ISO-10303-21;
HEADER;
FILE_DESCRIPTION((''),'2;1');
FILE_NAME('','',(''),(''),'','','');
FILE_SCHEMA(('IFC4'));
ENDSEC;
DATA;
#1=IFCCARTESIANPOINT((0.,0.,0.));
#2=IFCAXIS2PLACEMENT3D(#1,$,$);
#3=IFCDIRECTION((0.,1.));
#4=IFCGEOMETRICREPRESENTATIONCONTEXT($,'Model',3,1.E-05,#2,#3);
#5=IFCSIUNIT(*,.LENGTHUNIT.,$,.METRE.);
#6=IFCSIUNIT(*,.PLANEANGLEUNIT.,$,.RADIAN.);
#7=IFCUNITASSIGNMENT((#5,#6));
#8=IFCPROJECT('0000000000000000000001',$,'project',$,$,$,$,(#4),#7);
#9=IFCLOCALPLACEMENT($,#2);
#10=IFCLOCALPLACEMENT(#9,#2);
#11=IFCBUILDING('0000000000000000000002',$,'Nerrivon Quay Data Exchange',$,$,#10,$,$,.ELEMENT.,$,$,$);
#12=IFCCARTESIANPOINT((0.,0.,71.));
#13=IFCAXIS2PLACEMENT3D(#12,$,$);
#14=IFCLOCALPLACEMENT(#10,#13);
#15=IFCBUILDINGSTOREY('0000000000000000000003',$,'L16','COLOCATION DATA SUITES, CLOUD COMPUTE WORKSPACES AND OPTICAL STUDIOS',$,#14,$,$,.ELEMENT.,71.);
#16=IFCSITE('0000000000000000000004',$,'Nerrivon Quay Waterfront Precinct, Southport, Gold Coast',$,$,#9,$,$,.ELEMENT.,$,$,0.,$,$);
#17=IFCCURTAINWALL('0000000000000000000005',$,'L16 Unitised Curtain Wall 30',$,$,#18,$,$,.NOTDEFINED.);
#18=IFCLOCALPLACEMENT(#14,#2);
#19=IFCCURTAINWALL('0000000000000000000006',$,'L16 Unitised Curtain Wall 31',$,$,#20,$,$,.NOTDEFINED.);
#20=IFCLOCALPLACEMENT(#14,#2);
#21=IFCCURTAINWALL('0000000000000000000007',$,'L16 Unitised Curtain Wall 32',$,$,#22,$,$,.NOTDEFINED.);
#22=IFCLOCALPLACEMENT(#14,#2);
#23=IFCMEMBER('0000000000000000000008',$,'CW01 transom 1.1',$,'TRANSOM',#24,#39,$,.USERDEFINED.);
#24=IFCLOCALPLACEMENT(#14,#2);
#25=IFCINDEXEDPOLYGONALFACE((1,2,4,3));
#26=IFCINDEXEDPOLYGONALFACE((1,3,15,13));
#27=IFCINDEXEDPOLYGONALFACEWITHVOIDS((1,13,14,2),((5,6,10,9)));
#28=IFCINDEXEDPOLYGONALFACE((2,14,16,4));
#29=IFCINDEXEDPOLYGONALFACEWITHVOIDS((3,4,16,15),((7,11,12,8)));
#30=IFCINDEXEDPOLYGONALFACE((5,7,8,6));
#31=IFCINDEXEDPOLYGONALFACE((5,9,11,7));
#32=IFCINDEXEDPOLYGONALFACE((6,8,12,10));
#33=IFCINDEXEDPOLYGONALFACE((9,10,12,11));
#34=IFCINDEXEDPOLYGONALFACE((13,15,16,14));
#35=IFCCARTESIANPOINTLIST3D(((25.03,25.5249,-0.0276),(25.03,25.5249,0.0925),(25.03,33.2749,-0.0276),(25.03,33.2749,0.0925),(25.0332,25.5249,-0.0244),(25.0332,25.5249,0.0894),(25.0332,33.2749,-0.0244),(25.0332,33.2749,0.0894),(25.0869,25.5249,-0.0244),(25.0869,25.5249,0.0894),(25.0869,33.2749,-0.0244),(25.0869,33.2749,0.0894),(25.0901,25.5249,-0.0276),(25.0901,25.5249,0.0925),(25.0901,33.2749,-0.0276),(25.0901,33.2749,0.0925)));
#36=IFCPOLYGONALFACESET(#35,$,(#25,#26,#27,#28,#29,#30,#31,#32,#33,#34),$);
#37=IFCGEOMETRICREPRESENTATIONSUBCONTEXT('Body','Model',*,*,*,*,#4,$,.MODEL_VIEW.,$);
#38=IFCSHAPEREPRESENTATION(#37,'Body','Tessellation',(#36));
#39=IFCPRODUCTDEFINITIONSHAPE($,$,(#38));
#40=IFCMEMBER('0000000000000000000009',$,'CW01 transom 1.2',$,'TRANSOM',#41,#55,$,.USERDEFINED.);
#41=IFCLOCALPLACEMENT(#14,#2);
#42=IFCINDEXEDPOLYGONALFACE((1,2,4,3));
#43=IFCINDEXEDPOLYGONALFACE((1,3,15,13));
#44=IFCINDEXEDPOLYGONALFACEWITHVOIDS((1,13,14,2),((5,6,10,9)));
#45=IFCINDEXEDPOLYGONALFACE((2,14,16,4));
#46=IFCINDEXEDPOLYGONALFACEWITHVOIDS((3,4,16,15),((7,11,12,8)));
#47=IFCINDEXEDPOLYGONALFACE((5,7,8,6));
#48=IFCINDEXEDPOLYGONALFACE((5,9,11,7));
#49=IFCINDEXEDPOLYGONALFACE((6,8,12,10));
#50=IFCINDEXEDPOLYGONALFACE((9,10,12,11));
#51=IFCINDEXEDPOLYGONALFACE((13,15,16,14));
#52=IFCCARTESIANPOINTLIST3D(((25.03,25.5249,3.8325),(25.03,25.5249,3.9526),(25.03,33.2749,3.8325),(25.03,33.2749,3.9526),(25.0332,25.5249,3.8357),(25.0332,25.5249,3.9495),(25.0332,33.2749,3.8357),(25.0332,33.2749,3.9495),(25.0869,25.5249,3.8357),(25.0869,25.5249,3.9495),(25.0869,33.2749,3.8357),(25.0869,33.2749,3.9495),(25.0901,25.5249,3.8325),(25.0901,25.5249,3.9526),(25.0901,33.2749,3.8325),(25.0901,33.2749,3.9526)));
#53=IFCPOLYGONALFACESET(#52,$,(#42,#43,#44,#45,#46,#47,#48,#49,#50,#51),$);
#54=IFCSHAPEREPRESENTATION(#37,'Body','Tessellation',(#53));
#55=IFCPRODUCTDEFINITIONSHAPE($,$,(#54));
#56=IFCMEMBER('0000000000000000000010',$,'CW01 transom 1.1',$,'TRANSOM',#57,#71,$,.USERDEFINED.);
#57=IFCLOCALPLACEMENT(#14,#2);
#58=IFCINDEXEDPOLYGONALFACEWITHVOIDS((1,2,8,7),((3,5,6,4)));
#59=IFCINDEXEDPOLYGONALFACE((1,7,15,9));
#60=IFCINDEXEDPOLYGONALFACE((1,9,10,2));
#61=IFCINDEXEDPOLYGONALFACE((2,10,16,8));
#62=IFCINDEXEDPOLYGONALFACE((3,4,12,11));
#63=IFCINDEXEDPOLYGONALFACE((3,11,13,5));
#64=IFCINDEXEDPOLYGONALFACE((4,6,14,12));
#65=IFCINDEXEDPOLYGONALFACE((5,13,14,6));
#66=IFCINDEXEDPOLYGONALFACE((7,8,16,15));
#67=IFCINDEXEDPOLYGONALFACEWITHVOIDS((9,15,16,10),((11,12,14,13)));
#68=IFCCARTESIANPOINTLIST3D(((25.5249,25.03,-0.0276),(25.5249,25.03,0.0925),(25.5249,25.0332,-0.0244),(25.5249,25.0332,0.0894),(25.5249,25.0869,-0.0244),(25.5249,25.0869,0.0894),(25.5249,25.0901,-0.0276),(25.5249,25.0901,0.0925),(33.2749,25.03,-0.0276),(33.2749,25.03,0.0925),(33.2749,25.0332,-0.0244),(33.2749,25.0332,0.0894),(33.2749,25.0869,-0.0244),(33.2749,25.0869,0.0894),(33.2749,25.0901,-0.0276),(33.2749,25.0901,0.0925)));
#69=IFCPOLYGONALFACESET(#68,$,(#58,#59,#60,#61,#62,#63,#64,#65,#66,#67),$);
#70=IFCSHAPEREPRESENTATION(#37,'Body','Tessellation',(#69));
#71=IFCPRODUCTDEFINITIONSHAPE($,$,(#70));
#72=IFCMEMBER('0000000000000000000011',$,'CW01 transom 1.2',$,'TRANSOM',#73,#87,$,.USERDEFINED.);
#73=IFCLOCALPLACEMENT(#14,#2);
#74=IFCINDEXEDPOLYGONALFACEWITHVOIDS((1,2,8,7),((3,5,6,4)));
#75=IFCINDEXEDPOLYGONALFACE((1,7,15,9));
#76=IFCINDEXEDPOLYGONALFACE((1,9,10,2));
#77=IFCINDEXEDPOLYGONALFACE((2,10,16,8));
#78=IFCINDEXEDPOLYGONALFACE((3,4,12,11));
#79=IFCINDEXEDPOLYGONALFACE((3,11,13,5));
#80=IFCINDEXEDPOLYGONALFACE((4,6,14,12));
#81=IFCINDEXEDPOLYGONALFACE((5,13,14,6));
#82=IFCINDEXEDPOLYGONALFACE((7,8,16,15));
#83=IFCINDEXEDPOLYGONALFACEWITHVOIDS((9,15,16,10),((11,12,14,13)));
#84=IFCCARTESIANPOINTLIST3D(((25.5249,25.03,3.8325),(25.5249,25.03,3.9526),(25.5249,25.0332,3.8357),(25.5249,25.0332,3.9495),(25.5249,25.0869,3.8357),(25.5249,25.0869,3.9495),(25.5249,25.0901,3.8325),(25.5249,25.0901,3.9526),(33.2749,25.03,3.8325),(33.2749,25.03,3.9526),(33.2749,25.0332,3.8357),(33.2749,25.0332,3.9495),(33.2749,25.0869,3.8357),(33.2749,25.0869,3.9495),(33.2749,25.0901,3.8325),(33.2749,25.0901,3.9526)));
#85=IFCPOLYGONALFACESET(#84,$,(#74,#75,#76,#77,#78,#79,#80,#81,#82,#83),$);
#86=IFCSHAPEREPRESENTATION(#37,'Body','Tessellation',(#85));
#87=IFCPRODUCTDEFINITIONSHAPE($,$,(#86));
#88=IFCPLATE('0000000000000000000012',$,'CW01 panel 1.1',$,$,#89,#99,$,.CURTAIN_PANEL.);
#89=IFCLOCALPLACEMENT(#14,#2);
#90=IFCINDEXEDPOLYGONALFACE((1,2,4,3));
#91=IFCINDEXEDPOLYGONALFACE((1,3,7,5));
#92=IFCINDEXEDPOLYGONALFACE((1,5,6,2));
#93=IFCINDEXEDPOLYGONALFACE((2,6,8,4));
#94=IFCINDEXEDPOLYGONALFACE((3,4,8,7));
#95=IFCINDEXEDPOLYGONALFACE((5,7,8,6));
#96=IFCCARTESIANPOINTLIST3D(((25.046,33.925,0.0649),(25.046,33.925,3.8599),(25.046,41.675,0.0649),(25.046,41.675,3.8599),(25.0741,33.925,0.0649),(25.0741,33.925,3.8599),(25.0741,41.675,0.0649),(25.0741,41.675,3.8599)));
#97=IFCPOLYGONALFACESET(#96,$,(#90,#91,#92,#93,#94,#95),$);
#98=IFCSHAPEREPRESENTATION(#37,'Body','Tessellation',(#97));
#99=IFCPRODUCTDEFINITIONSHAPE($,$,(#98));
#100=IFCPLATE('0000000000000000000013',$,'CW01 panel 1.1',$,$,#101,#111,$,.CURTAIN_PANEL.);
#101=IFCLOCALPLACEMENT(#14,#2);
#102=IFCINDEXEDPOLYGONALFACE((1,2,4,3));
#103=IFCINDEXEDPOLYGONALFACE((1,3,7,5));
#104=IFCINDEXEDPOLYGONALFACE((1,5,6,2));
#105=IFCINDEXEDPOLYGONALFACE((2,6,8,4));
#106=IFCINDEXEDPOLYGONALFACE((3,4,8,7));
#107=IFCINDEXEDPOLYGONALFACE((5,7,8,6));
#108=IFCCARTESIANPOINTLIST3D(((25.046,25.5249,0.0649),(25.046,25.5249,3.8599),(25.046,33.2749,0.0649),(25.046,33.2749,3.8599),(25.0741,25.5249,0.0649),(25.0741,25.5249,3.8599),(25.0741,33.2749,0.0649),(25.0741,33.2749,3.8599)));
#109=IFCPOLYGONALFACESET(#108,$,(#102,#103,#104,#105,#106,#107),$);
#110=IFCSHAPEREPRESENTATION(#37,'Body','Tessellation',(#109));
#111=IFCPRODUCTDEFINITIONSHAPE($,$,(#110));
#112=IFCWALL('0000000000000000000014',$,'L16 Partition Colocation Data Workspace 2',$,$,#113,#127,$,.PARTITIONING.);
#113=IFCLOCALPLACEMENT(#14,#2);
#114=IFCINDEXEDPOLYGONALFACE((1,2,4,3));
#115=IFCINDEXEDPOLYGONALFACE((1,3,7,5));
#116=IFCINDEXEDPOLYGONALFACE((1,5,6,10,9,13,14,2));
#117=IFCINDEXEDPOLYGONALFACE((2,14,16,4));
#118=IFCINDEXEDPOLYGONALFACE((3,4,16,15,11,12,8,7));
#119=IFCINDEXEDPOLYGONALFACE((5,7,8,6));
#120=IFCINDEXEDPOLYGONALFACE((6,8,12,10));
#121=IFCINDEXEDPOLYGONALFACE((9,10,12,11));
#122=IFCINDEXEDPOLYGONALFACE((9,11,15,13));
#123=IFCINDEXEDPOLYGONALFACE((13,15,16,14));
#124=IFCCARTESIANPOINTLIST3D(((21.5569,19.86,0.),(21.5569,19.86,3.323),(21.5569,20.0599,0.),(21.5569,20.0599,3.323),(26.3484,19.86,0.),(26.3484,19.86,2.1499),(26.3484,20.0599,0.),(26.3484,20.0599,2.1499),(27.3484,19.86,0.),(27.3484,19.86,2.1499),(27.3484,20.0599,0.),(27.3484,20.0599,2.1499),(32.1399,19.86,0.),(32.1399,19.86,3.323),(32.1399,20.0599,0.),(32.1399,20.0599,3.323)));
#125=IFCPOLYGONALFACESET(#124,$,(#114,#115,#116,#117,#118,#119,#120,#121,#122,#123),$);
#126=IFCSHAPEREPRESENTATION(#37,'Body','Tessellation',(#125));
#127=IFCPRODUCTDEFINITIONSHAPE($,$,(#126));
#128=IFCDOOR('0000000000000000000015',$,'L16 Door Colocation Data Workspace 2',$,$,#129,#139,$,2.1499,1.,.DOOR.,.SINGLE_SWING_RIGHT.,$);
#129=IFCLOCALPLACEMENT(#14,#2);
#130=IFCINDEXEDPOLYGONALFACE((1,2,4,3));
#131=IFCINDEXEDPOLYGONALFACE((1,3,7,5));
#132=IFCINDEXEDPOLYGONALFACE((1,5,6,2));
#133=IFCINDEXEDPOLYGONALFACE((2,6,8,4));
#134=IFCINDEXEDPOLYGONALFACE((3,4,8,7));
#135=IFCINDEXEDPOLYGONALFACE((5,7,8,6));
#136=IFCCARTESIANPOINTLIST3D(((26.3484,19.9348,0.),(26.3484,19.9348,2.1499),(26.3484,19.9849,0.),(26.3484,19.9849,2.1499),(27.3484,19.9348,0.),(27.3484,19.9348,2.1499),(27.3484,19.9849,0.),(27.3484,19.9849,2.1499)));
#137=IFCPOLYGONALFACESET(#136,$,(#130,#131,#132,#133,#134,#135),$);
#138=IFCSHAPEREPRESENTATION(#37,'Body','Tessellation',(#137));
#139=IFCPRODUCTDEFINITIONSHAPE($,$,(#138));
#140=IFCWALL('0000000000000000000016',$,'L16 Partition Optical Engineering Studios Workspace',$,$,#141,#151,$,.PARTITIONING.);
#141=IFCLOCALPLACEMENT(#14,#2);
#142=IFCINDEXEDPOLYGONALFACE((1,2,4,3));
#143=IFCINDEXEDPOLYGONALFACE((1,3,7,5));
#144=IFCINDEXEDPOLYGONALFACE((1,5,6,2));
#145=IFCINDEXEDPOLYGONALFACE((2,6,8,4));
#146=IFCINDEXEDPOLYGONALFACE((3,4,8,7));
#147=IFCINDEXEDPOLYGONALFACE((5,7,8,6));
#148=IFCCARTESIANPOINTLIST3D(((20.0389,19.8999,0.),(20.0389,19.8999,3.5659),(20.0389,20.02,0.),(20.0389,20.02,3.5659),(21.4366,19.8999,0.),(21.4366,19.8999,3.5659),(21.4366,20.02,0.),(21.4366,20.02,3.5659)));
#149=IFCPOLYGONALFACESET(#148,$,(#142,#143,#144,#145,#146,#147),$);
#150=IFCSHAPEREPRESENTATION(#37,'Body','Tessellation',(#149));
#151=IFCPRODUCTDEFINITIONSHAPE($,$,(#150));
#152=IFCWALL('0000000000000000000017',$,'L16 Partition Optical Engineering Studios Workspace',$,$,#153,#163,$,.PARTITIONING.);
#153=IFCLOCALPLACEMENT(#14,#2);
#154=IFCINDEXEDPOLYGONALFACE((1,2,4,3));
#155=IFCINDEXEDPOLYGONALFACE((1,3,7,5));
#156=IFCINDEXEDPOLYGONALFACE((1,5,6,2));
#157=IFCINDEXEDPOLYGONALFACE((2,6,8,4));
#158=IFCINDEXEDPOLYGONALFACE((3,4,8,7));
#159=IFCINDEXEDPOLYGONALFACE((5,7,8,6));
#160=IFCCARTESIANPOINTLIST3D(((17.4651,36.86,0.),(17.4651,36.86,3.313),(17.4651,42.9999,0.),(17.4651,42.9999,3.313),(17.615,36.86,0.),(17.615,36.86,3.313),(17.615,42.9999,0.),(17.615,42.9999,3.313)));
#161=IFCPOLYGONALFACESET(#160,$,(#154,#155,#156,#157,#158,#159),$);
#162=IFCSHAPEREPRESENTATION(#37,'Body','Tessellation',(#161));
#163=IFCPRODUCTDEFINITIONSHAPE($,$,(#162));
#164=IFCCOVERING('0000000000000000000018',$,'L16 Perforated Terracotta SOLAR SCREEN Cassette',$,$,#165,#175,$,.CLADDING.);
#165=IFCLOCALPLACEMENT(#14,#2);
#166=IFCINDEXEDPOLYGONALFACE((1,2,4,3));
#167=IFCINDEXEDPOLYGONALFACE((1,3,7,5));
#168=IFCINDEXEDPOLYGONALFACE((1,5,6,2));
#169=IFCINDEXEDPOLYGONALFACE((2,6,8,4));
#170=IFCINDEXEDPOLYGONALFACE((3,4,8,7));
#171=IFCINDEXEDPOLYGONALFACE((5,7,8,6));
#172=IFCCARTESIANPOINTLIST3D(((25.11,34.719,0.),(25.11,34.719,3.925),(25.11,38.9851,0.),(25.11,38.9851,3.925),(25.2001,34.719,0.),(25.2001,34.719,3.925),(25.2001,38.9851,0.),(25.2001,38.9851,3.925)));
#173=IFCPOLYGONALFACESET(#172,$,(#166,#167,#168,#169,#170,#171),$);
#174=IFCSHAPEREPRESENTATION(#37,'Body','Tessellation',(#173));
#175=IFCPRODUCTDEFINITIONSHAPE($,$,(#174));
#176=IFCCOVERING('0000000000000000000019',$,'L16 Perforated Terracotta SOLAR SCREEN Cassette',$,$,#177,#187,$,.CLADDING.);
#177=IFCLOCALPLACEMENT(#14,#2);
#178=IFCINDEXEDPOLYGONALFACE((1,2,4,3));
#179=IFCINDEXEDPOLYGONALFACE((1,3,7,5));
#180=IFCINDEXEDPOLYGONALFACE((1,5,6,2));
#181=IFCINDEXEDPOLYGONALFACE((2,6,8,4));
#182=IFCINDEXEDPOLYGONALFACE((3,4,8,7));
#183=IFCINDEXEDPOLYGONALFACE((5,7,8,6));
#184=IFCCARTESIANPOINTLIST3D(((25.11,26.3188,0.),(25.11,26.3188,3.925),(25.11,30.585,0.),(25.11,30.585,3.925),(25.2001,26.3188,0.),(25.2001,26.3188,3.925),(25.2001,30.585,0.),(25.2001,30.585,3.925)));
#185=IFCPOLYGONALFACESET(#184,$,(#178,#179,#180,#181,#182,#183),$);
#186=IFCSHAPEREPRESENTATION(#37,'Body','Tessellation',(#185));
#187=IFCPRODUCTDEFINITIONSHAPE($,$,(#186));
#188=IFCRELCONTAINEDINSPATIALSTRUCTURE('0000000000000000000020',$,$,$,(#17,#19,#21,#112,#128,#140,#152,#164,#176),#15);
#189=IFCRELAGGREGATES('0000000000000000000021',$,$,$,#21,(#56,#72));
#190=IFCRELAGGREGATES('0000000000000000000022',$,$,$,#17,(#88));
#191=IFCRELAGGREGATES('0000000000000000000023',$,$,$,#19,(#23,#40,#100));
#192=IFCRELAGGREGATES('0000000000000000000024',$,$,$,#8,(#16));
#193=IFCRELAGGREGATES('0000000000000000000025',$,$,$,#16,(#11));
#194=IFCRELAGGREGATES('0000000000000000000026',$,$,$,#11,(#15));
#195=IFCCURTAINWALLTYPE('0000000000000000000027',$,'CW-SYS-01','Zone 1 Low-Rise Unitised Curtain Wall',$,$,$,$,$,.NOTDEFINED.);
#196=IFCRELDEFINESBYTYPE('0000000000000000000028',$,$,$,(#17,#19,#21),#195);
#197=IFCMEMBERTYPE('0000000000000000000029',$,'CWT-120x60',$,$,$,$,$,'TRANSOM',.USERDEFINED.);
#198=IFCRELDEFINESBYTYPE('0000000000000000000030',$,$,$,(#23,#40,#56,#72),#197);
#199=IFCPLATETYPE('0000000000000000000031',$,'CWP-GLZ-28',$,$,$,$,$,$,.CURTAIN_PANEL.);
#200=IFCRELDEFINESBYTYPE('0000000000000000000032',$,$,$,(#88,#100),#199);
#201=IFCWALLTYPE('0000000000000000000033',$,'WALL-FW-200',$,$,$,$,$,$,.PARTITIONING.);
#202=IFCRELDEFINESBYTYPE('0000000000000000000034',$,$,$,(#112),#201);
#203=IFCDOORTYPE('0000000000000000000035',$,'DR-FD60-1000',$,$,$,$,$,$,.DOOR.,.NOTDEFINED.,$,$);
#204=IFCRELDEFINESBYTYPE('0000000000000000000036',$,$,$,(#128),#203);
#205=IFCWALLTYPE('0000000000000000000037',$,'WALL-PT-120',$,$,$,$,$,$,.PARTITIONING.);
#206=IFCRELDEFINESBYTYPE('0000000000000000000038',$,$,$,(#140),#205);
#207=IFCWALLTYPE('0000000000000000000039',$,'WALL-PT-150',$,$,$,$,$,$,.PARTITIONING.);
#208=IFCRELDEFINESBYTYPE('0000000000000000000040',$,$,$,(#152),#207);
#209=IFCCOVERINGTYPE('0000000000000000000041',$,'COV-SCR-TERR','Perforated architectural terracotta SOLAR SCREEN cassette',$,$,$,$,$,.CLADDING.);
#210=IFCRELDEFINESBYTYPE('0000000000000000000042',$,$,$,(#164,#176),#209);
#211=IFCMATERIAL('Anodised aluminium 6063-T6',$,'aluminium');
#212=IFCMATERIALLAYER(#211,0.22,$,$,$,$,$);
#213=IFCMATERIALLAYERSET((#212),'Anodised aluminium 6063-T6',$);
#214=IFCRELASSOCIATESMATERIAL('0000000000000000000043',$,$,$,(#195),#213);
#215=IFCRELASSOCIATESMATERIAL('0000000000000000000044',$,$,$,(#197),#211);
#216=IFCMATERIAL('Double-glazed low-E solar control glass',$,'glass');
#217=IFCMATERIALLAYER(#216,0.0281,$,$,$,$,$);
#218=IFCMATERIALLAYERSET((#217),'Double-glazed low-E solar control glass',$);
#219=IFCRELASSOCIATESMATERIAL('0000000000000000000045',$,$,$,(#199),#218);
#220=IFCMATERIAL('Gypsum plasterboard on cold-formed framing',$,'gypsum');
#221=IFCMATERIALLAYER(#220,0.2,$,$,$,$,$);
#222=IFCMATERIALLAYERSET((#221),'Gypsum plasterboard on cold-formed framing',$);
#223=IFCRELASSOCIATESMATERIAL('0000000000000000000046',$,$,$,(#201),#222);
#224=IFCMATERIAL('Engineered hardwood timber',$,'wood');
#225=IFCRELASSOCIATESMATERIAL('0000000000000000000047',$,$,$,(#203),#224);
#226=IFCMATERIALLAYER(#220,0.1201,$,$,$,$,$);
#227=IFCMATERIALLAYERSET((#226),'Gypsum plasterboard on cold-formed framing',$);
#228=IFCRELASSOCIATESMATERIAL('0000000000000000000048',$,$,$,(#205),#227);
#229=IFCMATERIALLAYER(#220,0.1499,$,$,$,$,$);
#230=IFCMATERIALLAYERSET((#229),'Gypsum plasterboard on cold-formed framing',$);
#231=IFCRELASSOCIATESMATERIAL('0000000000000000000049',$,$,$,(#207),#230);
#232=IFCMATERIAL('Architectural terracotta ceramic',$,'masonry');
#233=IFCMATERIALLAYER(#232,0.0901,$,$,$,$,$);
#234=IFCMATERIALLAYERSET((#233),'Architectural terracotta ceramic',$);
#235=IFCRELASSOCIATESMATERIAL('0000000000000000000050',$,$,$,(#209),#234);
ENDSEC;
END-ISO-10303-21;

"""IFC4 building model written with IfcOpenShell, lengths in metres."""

from ifc_helpers import new_model, si_unit, direction, frame, frame_2d, origin, origin_2d, place, context, subcontext, project, spatial, rectangle, hollow_rectangle, extrude, material, layer, layer_set, material_profile, profile_set, type_object, element, fill, aggregate, save


model = new_model("IFC4")

# Units and contexts
model_context = context("Model", 3, precision=1e-05, world=origin(), true_north=direction((0.0, 1.0)))
body_context = subcontext(model_context, "Body", "Model", "MODEL_VIEW")
ifc_project = project(units=[si_unit("LENGTHUNIT", "METRE"), si_unit("PLANEANGLEUNIT", "RADIAN")], contexts=[model_context])

# Site, building, storey
site_placement = place(None, origin())
site = spatial("IfcSite", under=ifc_project, at=site_placement, Name="Nerrivon Quay Waterfront Precinct, Southport, Gold Coast", CompositionType="ELEMENT", RefElevation=0.0)
building_placement = place(site_placement, origin())
building = spatial("IfcBuilding", under=site, at=building_placement, Name="Nerrivon Quay Data Exchange", CompositionType="ELEMENT")
storey_placement = place(building_placement, frame((0.0, 0.0, 71.0)))
storey = spatial("IfcBuildingStorey", under=building, at=storey_placement, Name="L16", Description="COLOCATION DATA SUITES, CLOUD COMPUTE WORKSPACES AND OPTICAL STUDIOS", CompositionType="ELEMENT", Elevation=71.0)

# Curtain wall
ifc_material_1 = material(Name="Anodised aluminium 6063-T6", Category="aluminium")
ifc_layer_1 = layer(ifc_material_1, 0.22)
ifc_layer_set_1 = layer_set([ifc_layer_1], Name="Anodised aluminium 6063-T6")
curtain_wall_type = type_object("IfcCurtainWallType", Name="CW-SYS-01", Description="Zone 1 Low-Rise Unitised Curtain Wall", PredefinedType="NOTDEFINED", material=ifc_layer_set_1)
curtain_wall_1_placement = place(storey_placement, origin())
curtain_wall_1 = element("IfcCurtainWall", 1, at=curtain_wall_1_placement, inside=storey, type_object=curtain_wall_type, Name="L16 Unitised Curtain Wall 30", PredefinedType="NOTDEFINED")

# Curtain wall
curtain_wall_2_placement = place(storey_placement, origin())
curtain_wall_2 = element("IfcCurtainWall", 2, at=curtain_wall_2_placement, inside=storey, type_object=curtain_wall_type, Name="L16 Unitised Curtain Wall 31", PredefinedType="NOTDEFINED")

# Curtain wall
curtain_wall_3_placement = place(storey_placement, origin())
curtain_wall_3 = element("IfcCurtainWall", 3, at=curtain_wall_3_placement, inside=storey, type_object=curtain_wall_type, Name="L16 Unitised Curtain Wall 32", PredefinedType="NOTDEFINED")

# Members
ifc_material_profile_1 = material_profile(ifc_material_1, hollow_rectangle(XDim=0.0601, YDim=0.1201, WallThickness=0.0032, at=origin_2d()), Name="ALU-TRAN-120x60")
ifc_profile_set_1 = profile_set([ifc_material_profile_1], Name="Anodised aluminium 6063-T6")
member_type_1 = type_object("IfcMemberType", Name="CWT-120x60", ElementType="TRANSOM", PredefinedType="USERDEFINED", material=ifc_profile_set_1)
member_1_placement = place(storey_placement, frame((25.0601, 33.2749, 0.0325), z_axis=(0.0, -1.0, 0.0), x_axis=(1.0, 0.0, 0.0)))
member_1 = element("IfcMember", 4, at=member_1_placement, type_object=member_type_1, Name="CW01 transom 1.1", ObjectType="TRANSOM", PredefinedType="USERDEFINED", context=body_context, shape_type="SweptSolid", body=[
    extrude(hollow_rectangle(XDim=0.0601, YDim=0.1201, WallThickness=0.0032, at=origin_2d()), origin(), (0.0, 0.0, 1.0), 7.75),
])
member_2_placement = place(storey_placement, frame((25.0601, 33.2749, 3.8926), z_axis=(0.0, -1.0, 0.0), x_axis=(1.0, 0.0, 0.0)))
member_2 = element("IfcMember", 5, at=member_2_placement, type_object=member_type_1, Name="CW01 transom 1.2", ObjectType="TRANSOM", PredefinedType="USERDEFINED", context=body_context, shape_type="SweptSolid", body=[
    extrude(hollow_rectangle(XDim=0.0601, YDim=0.1201, WallThickness=0.0032, at=origin_2d()), origin(), (0.0, 0.0, 1.0), 7.75),
])
member_3_placement = place(storey_placement, frame((25.5249, 25.0601, 0.0325), z_axis=(1.0, 0.0, 0.0), x_axis=(0.0, 1.0, 0.0)))
member_3 = element("IfcMember", 6, at=member_3_placement, type_object=member_type_1, Name="CW01 transom 1.1", ObjectType="TRANSOM", PredefinedType="USERDEFINED", context=body_context, shape_type="SweptSolid", body=[
    extrude(hollow_rectangle(XDim=0.0601, YDim=0.1201, WallThickness=0.0032, at=origin_2d()), origin(), (0.0, 0.0, 1.0), 7.75),
])
member_4_placement = place(storey_placement, frame((25.5249, 25.0601, 3.8926), z_axis=(1.0, 0.0, 0.0), x_axis=(0.0, 1.0, 0.0)))
member_4 = element("IfcMember", 7, at=member_4_placement, type_object=member_type_1, Name="CW01 transom 1.2", ObjectType="TRANSOM", PredefinedType="USERDEFINED", context=body_context, shape_type="SweptSolid", body=[
    extrude(hollow_rectangle(XDim=0.0601, YDim=0.1201, WallThickness=0.0032, at=origin_2d()), origin(), (0.0, 0.0, 1.0), 7.75),
])
aggregate(curtain_wall_3, [member_3, member_4])

# Plates
ifc_material_2 = material(Name="Double-glazed low-E solar control glass", Category="glass")
ifc_layer_2 = layer(ifc_material_2, 0.0281)
ifc_layer_set_2 = layer_set([ifc_layer_2], Name="Double-glazed low-E solar control glass")
plate_type = type_object("IfcPlateType", Name="CWP-GLZ-28", PredefinedType="CURTAIN_PANEL", material=ifc_layer_set_2)
plate_1_placement = place(storey_placement, frame((25.0601, 37.8, 0.0649), z_axis=(0.0, 0.0, 1.0), x_axis=(0.0, -1.0, 0.0)))
plate_1 = element("IfcPlate", 8, at=plate_1_placement, type_object=plate_type, Name="CW01 panel 1.1", PredefinedType="CURTAIN_PANEL", context=body_context, shape_type="SweptSolid", body=[
    extrude(rectangle(XDim=7.75, YDim=0.0281, at=origin_2d()), origin(), (0.0, 0.0, 1.0), 3.7949),
])
aggregate(curtain_wall_1, [plate_1])
plate_2_placement = place(storey_placement, frame((25.0601, 29.3999, 0.0649), z_axis=(0.0, 0.0, 1.0), x_axis=(0.0, -1.0, 0.0)))
plate_2 = element("IfcPlate", 9, at=plate_2_placement, type_object=plate_type, Name="CW01 panel 1.1", PredefinedType="CURTAIN_PANEL", context=body_context, shape_type="SweptSolid", body=[
    extrude(rectangle(XDim=7.75, YDim=0.0281, at=origin_2d()), origin(), (0.0, 0.0, 1.0), 3.7949),
])
aggregate(curtain_wall_2, [member_1, member_2, plate_2])

# Wall, opening, door
ifc_material_3 = material(Name="Gypsum plasterboard on cold-formed framing", Category="gypsum")
ifc_layer_3 = layer(ifc_material_3, 0.2)
ifc_layer_set_3 = layer_set([ifc_layer_3], Name="Gypsum plasterboard on cold-formed framing")
wall_type_1 = type_object("IfcWallType", Name="WALL-FW-200", PredefinedType="PARTITIONING", material=ifc_layer_set_3)
wall_1_placement = place(storey_placement, frame((21.5569, 19.96, 0.0), z_axis=(0.0, 0.0, 1.0), x_axis=(1.0, 0.0, 0.0)))
wall_1 = element("IfcWall", 10, at=wall_1_placement, inside=storey, type_object=wall_type_1, Name="L16 Partition Colocation Data Workspace 2", PredefinedType="PARTITIONING", context=body_context, shape_type="SweptSolid", body=[
    extrude(rectangle(XDim=10.583, YDim=0.2, at=frame_2d((5.2915, 0.0))), origin(), (0.0, 0.0, 1.0), 3.323),
])
opening_placement = place(wall_1_placement, frame((4.7915, 0.0, 0.0)))
opening = element("IfcOpeningElement", 11, at=opening_placement, cuts=wall_1, PredefinedType="OPENING", context=body_context, shape_type="SweptSolid", body=[
    extrude(rectangle(XDim=1.0, YDim=2.1499, at=frame_2d((0.5, 1.075))), frame((0.0, 0.1099, 0.0), z_axis=(0.0, -1.0, 0.0), x_axis=(1.0, 0.0, 0.0)), (0.0, 0.0, 1.0), 0.22),
])
ifc_material_4 = material(Name="Engineered hardwood timber", Category="wood")
door_type = type_object("IfcDoorType", Name="DR-FD60-1000", OperationType="NOTDEFINED", PredefinedType="DOOR", material=ifc_material_4)
door_placement = place(opening_placement, origin())
door = element("IfcDoor", 12, at=door_placement, inside=storey, type_object=door_type, Name="L16 Door Colocation Data Workspace 2", OperationType="SINGLE_SWING_RIGHT", OverallHeight=2.1499, OverallWidth=1.0, PredefinedType="DOOR", context=body_context, shape_type="SweptSolid", body=[
    extrude(rectangle(XDim=1.0, YDim=2.1499, at=frame_2d((0.5, 1.075))), frame((0.0, 0.0249, 0.0), z_axis=(0.0, -1.0, 0.0), x_axis=(1.0, 0.0, 0.0)), (0.0, 0.0, 1.0), 0.05),
])
fill(opening, door)

# Walls
ifc_layer_4 = layer(ifc_material_3, 0.1201)
ifc_layer_set_4 = layer_set([ifc_layer_4], Name="Gypsum plasterboard on cold-formed framing")
wall_type_2 = type_object("IfcWallType", Name="WALL-PT-120", PredefinedType="PARTITIONING", material=ifc_layer_set_4)
wall_2_placement = place(storey_placement, frame((20.0391, 19.96, 0.0), z_axis=(0.0, 0.0, 1.0), x_axis=(1.0, 0.0, 0.0)))
element("IfcWall", 13, at=wall_2_placement, inside=storey, type_object=wall_type_2, Name="L16 Partition Optical Engineering Studios Workspace", PredefinedType="PARTITIONING", context=body_context, shape_type="SweptSolid", body=[
    extrude(rectangle(XDim=1.3977, YDim=0.1201, at=frame_2d((0.6987, 0.0))), origin(), (0.0, 0.0, 1.0), 3.5659),
])
ifc_layer_5 = layer(ifc_material_3, 0.1499)
ifc_layer_set_5 = layer_set([ifc_layer_5], Name="Gypsum plasterboard on cold-formed framing")
wall_type_3 = type_object("IfcWallType", Name="WALL-PT-150", PredefinedType="PARTITIONING", material=ifc_layer_set_5)
wall_3_placement = place(storey_placement, frame((17.54, 36.8601, 0.0), z_axis=(0.0, 0.0, 1.0), x_axis=(0.0, 1.0, 0.0)))
element("IfcWall", 14, at=wall_3_placement, inside=storey, type_object=wall_type_3, Name="L16 Partition Optical Engineering Studios Workspace", PredefinedType="PARTITIONING", context=body_context, shape_type="SweptSolid", body=[
    extrude(rectangle(XDim=6.1399, YDim=0.1499, at=frame_2d((3.0698, 0.0))), origin(), (0.0, 0.0, 1.0), 3.313),
])

# Coverings
ifc_material_5 = material(Name="Architectural terracotta ceramic", Category="masonry")
ifc_layer_6 = layer(ifc_material_5, 0.0901)
ifc_layer_set_6 = layer_set([ifc_layer_6], Name="Architectural terracotta ceramic")
covering_type = type_object("IfcCoveringType", Name="COV-SCR-TERR", Description="Perforated architectural terracotta SOLAR SCREEN cassette", PredefinedType="CLADDING", material=ifc_layer_set_6)
for number, where, z_axis, x_axis, name in (
    (15, (25.155, 36.8521, 0.0), (0.0, 0.0, 1.0), (0.0, -1.0, 0.0), "L16 Perforated Terracotta SOLAR SCREEN Cassette"),
    (16, (25.155, 28.4519, 0.0), (0.0, 0.0, 1.0), (0.0, -1.0, 0.0), "L16 Perforated Terracotta SOLAR SCREEN Cassette"),
):
    element("IfcCovering", number, at=place(storey_placement, frame(where, z_axis=z_axis, x_axis=x_axis)), inside=storey, type_object=covering_type, Name=name, PredefinedType="CLADDING", context=body_context, shape_type="SweptSolid", body=[
        extrude(rectangle(XDim=4.2661, YDim=0.0901, at=origin_2d()), origin(), (0.0, 0.0, 1.0), 3.925),
    ])

save(model, "model.ifc")
